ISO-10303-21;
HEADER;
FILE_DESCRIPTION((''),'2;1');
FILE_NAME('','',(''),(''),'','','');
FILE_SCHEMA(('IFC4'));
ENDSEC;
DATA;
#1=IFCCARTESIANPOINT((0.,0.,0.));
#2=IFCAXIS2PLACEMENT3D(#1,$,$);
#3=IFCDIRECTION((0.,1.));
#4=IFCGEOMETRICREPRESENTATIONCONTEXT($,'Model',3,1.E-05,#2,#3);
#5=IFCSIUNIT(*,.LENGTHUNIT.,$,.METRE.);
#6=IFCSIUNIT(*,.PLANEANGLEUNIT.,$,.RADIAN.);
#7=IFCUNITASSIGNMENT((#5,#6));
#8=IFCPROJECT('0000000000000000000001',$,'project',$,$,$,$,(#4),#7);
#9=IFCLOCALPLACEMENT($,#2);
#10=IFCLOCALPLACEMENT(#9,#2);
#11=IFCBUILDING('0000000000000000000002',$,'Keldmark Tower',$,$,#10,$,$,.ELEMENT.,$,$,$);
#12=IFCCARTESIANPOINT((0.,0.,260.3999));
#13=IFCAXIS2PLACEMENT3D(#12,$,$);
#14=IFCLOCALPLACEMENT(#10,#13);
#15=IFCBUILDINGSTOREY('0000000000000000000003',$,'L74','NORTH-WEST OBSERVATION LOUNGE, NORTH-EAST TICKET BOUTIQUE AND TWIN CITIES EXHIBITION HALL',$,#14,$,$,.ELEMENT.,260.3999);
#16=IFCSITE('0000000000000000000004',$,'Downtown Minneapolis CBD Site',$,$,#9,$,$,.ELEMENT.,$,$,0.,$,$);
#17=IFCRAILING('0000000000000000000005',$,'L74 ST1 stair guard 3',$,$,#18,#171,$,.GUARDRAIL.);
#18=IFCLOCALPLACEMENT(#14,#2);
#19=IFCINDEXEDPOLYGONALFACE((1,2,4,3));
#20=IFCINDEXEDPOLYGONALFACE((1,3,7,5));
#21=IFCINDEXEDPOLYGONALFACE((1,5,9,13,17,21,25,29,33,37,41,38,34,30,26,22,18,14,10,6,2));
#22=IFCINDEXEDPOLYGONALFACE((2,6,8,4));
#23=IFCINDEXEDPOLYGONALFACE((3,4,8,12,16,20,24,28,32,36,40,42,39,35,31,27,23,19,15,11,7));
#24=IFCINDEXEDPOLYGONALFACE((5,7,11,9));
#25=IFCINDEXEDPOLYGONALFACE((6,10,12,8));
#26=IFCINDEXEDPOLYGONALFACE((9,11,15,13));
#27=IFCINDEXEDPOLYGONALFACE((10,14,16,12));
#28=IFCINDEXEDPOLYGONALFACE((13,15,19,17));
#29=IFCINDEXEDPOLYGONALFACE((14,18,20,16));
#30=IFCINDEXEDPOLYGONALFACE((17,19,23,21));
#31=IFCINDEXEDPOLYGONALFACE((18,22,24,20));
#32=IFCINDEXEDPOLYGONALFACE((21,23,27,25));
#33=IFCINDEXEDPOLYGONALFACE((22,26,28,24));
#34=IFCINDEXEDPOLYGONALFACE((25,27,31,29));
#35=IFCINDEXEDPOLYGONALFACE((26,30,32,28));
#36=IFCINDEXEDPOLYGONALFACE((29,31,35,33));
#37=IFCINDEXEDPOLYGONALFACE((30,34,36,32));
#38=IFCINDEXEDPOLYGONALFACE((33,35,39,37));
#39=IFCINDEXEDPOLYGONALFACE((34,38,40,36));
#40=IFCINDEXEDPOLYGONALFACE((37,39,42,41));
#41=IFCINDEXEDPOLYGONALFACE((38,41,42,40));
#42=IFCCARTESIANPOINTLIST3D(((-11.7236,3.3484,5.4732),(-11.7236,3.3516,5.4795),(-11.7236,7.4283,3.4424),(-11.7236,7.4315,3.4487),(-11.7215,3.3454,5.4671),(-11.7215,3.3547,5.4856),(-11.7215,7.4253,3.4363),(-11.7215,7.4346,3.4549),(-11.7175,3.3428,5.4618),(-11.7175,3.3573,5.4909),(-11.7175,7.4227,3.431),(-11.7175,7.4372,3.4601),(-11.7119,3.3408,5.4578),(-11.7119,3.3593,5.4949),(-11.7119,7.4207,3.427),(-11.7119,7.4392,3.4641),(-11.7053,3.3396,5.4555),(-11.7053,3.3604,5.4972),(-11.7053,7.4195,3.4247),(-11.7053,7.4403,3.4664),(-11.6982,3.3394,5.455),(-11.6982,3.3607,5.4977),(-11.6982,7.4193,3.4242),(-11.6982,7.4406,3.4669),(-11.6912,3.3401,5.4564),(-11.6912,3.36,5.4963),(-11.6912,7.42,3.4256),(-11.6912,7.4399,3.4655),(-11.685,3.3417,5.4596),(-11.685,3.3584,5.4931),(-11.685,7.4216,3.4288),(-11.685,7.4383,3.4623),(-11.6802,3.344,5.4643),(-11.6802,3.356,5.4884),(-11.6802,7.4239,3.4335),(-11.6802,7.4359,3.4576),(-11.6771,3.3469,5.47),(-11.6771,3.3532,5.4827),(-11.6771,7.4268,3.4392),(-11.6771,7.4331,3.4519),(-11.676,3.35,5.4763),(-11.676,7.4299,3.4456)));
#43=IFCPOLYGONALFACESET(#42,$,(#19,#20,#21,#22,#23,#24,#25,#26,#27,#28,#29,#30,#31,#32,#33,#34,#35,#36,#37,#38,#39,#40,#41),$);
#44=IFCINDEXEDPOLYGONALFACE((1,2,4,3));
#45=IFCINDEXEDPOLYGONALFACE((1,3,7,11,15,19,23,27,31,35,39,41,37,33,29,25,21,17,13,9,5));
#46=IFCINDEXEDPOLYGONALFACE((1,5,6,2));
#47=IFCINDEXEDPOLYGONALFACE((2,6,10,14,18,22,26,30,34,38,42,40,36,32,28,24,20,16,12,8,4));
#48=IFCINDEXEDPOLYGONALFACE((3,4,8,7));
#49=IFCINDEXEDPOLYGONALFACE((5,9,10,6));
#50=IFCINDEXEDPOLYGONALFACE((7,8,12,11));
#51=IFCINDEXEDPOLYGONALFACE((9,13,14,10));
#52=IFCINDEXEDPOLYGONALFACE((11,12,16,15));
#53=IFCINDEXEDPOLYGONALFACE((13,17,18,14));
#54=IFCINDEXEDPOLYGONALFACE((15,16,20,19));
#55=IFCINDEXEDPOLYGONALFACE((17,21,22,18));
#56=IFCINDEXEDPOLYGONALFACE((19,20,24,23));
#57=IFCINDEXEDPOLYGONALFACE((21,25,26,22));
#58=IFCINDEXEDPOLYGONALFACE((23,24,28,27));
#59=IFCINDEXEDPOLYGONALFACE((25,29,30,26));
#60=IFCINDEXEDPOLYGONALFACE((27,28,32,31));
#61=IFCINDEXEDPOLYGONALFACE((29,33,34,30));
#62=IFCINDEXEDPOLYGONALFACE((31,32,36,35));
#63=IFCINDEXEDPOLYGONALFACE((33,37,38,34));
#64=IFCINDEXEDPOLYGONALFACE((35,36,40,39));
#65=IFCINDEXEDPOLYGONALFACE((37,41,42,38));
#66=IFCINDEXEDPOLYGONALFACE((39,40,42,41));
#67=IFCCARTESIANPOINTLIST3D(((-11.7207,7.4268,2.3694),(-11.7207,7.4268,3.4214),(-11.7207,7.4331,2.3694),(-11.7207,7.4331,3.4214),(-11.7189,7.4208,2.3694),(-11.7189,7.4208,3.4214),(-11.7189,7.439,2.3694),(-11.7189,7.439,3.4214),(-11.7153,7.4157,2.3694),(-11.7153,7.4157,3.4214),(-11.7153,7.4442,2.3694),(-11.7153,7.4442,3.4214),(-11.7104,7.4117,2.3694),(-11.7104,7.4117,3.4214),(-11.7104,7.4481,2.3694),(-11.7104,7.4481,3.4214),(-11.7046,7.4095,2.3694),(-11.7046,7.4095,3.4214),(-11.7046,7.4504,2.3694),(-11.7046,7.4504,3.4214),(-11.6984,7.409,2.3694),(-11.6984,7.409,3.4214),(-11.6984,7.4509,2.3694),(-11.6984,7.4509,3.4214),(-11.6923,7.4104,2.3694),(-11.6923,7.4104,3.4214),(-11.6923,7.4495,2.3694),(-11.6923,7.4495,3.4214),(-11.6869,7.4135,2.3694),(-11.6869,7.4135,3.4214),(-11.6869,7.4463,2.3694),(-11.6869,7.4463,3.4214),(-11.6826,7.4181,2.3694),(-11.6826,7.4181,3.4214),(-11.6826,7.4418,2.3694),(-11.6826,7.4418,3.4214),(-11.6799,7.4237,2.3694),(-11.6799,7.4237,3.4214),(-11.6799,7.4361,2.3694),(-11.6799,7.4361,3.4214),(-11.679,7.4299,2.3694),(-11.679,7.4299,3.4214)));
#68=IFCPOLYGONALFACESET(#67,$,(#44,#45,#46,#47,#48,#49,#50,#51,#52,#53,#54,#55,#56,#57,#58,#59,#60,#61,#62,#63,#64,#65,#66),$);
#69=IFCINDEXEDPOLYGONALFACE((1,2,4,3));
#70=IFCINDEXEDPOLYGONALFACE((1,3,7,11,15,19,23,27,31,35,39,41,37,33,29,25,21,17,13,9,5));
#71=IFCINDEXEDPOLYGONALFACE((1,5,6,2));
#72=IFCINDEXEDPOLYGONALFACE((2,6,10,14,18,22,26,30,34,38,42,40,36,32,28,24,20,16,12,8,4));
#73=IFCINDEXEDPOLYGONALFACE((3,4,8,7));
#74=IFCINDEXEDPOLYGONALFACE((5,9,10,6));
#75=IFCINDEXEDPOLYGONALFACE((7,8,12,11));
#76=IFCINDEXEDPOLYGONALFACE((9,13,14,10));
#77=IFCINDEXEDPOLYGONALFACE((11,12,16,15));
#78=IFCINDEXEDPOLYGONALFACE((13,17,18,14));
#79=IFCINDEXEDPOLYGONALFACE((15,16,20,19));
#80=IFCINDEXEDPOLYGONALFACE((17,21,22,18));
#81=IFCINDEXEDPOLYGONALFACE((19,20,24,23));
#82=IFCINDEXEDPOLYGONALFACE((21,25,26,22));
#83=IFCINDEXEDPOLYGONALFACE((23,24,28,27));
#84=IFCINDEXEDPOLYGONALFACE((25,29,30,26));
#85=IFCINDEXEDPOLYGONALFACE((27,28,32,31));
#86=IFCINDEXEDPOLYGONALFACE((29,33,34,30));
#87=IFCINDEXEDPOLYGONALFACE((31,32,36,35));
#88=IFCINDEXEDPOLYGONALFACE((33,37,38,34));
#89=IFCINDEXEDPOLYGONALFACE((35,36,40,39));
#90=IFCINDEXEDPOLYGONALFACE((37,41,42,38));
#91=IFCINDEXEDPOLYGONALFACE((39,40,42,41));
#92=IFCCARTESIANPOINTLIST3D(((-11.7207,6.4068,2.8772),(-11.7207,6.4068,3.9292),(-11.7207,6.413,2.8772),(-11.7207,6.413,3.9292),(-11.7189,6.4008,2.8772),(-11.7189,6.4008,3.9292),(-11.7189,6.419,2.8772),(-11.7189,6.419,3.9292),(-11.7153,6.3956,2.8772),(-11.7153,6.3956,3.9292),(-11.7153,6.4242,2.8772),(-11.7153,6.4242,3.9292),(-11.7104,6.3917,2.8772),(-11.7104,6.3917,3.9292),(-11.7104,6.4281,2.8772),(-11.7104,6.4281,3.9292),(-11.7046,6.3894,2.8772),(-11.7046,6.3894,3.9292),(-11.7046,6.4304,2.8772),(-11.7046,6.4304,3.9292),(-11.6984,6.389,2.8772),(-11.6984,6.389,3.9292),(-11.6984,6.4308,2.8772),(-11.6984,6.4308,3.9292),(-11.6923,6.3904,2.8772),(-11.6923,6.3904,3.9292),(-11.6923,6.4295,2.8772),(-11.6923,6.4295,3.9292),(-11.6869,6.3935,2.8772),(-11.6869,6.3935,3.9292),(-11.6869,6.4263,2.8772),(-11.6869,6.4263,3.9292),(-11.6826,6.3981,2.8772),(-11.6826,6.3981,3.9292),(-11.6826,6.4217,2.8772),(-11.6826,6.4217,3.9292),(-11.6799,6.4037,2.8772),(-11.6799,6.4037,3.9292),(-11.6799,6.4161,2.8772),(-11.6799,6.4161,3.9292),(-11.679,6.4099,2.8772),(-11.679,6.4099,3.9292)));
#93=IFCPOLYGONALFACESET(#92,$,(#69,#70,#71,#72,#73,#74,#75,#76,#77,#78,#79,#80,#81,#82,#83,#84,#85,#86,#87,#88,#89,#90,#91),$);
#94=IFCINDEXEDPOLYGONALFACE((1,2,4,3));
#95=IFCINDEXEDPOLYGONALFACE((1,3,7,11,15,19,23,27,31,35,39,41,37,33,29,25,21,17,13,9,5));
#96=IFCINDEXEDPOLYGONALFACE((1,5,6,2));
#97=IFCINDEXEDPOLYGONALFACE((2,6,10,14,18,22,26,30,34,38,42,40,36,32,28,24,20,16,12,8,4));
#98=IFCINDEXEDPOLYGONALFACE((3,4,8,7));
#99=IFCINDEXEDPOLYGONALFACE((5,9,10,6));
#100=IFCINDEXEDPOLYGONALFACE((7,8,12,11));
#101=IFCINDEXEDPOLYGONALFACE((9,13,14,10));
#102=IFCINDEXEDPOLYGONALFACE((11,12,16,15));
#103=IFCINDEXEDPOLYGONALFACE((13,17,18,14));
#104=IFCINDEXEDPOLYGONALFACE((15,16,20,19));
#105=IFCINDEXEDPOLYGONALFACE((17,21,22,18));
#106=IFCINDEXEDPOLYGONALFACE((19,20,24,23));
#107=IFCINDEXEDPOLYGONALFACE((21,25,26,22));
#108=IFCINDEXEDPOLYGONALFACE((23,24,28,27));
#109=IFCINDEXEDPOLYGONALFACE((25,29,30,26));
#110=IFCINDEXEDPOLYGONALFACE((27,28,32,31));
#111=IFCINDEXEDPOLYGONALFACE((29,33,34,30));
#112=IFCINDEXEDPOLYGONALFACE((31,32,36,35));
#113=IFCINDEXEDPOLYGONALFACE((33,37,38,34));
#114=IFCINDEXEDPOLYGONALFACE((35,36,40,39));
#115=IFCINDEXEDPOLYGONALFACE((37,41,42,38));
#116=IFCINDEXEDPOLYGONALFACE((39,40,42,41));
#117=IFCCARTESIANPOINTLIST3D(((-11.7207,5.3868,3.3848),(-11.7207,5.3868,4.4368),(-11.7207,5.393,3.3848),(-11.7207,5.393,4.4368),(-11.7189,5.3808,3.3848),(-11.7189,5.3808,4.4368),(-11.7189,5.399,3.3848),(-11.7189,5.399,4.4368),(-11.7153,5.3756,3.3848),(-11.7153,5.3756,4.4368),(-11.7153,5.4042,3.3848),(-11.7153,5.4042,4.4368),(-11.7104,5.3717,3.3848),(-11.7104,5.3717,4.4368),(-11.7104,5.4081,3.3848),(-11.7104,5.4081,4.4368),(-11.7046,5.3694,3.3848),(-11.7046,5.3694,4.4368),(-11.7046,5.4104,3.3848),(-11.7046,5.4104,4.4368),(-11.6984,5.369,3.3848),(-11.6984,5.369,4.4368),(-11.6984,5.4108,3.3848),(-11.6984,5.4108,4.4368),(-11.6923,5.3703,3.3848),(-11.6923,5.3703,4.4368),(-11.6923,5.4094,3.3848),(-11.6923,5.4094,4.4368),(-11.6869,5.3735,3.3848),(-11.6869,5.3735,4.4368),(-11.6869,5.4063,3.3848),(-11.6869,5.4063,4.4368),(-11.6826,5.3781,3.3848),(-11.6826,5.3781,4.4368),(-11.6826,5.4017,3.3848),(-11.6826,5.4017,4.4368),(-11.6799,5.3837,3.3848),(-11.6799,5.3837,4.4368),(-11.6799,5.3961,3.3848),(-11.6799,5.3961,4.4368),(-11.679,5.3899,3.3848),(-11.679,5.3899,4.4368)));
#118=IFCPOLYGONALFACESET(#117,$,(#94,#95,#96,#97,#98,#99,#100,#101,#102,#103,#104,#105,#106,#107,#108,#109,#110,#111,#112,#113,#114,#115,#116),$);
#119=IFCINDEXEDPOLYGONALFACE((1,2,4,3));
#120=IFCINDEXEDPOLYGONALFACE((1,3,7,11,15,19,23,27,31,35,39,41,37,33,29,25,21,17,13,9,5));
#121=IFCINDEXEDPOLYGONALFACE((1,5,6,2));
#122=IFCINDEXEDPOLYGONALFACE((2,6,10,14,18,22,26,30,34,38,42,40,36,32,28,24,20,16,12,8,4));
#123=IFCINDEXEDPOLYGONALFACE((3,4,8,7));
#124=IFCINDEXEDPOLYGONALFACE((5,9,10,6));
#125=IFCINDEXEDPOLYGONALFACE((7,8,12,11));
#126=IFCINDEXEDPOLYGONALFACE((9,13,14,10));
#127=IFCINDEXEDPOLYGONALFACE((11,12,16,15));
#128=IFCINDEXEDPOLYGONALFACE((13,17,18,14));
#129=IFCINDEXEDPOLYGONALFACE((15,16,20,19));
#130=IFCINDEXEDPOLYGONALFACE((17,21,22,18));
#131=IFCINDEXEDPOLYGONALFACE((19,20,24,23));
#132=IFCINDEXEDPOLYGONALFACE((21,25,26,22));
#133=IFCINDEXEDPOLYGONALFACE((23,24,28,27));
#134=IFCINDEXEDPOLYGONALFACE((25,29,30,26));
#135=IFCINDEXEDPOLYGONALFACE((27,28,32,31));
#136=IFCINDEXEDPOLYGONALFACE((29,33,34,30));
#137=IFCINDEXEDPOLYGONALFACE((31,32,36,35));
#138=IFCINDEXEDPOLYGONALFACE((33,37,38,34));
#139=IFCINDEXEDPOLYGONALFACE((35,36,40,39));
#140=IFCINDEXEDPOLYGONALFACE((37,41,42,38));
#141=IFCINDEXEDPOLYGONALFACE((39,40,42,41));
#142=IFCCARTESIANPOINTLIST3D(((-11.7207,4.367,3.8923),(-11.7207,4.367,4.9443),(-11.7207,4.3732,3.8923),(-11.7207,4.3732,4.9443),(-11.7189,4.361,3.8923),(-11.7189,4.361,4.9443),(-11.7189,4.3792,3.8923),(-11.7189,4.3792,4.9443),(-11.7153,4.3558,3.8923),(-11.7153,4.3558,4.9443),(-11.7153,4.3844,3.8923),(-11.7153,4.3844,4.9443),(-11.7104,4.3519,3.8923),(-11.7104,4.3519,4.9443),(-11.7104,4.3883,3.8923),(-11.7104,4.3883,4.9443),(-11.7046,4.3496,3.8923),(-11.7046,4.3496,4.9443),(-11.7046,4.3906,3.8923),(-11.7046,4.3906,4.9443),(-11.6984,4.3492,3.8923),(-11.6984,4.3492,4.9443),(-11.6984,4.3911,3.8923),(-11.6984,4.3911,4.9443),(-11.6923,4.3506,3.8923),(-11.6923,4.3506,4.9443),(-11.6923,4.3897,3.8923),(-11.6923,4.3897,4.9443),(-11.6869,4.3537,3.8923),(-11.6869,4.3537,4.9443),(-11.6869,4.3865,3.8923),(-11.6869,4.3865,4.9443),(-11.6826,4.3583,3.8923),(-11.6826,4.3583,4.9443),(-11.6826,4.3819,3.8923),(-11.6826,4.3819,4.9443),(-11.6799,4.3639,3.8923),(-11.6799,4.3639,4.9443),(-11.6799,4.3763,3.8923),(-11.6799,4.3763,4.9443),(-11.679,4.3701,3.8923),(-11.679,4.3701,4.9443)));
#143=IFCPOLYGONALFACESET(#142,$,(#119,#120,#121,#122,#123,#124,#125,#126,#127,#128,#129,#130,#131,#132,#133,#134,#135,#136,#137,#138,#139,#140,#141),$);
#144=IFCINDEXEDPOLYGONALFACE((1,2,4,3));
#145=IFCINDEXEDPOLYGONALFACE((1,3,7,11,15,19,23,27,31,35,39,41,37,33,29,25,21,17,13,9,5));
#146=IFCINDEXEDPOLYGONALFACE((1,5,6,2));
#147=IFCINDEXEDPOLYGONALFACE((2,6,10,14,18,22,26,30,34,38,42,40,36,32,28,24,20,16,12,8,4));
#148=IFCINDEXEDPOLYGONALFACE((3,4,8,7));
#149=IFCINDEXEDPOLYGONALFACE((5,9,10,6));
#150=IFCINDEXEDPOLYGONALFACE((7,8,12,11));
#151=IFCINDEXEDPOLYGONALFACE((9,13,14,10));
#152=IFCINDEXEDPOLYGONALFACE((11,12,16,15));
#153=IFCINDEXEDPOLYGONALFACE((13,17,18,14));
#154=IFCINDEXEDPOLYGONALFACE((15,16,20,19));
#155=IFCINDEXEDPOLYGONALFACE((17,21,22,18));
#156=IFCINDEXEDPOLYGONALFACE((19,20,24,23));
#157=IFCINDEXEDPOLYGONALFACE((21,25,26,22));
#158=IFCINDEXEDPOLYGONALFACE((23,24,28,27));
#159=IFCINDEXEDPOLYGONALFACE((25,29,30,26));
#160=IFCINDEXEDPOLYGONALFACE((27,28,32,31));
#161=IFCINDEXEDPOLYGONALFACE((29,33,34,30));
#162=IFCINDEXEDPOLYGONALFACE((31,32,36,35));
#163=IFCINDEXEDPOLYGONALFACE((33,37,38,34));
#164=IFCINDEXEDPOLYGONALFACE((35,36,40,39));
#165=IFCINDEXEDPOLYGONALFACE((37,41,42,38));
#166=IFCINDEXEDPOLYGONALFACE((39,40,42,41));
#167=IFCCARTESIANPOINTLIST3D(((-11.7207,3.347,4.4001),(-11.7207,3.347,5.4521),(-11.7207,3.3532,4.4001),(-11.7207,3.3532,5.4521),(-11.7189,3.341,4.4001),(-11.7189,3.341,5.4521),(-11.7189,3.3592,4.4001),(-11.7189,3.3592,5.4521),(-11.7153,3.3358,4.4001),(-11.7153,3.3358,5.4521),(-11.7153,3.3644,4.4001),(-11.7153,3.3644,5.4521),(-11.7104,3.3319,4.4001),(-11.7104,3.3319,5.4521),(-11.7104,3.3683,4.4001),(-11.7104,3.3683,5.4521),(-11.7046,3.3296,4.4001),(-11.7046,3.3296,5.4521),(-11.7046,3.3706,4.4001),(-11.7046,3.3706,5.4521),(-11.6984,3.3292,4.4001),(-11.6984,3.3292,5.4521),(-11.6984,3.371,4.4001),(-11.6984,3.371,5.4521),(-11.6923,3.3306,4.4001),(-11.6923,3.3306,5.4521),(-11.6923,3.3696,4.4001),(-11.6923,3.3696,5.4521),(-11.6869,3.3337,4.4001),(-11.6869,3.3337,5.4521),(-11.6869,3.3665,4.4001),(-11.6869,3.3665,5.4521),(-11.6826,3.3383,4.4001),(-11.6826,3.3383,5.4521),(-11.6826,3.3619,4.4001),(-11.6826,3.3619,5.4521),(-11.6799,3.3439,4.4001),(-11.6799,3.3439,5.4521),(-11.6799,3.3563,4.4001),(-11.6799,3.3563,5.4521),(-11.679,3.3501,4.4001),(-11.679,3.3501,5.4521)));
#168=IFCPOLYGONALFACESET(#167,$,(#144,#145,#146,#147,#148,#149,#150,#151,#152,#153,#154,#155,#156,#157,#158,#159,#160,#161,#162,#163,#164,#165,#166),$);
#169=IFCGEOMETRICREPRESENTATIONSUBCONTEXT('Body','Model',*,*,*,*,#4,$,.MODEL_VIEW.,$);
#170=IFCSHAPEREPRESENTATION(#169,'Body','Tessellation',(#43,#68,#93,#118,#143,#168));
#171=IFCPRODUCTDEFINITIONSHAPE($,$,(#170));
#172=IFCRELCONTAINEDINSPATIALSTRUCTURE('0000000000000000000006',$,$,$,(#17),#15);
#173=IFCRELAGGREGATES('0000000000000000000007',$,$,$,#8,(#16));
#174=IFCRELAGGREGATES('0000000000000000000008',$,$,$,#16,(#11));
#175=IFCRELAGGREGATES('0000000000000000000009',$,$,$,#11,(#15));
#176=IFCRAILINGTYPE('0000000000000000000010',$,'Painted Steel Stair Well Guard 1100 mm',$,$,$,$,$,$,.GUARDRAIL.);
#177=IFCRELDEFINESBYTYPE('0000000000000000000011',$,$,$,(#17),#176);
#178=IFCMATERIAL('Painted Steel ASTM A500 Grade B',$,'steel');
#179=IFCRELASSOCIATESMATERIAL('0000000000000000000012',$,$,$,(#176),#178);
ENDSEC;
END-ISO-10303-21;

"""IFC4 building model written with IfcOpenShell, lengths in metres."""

from ifc_helpers import new_model, si_unit, direction, frame, origin, origin_2d, place, context, subcontext, project, spatial, circle, extrude, material, type_object, element, save


model = new_model("IFC4")

# Units and contexts
model_context = context("Model", 3, precision=1e-05, world=origin(), true_north=direction((0.0, 1.0)))
body_context = subcontext(model_context, "Body", "Model", "MODEL_VIEW")
ifc_project = project(units=[si_unit("LENGTHUNIT", "METRE"), si_unit("PLANEANGLEUNIT", "RADIAN")], contexts=[model_context])

# Site, building, storey
site_placement = place(None, origin())
site = spatial("IfcSite", under=ifc_project, at=site_placement, Name="Downtown Minneapolis CBD Site", CompositionType="ELEMENT", RefElevation=0.0)
building_placement = place(site_placement, origin())
building = spatial("IfcBuilding", under=site, at=building_placement, Name="Keldmark Tower", CompositionType="ELEMENT")
storey_placement = place(building_placement, frame((0.0, 0.0, 260.3999)))
storey = spatial("IfcBuildingStorey", under=building, at=storey_placement, Name="L74", Description="NORTH-WEST OBSERVATION LOUNGE, NORTH-EAST TICKET BOUTIQUE AND TWIN CITIES EXHIBITION HALL", CompositionType="ELEMENT", Elevation=260.3999)

# Railing
ifc_material_1 = material(Name="Painted Steel ASTM A500 Grade B", Category="steel")
railing_type_1 = type_object("IfcRailingType", Name="Painted Steel Stair Well Guard 1100 mm", PredefinedType="GUARDRAIL", material=ifc_material_1)
railing_1_placement = place(storey_placement, frame((-11.7, 7.4299, 2.3694)))
element("IfcRailing", 1, at=railing_1_placement, inside=storey, type_object=railing_type_1, Name="L74 ST1 stair guard 3", PredefinedType="GUARDRAIL", context=body_context, shape_type="SweptSolid", body=[
    extrude(circle(Radius=0.0239, at=origin_2d()), frame((0.0, 0.0, 1.0762), z_axis=(0.0, -0.895229, 0.445606), x_axis=(1.0, 0.0, 0.0)), (0.0, 0.0, 1.0), 4.5574),
    extrude(circle(Radius=0.021, at=origin_2d()), origin(), (0.0, 0.0, 1.0), 1.052),
    extrude(circle(Radius=0.021, at=origin_2d()), frame((0.0, -1.02, 0.5078)), (0.0, 0.0, 1.0), 1.052),
    extrude(circle(Radius=0.021, at=origin_2d()), frame((0.0, -2.04, 1.0154)), (0.0, 0.0, 1.0), 1.052),
    extrude(circle(Radius=0.021, at=origin_2d()), frame((0.0, -3.0598, 1.5229)), (0.0, 0.0, 1.0), 1.052),
    extrude(circle(Radius=0.021, at=origin_2d()), frame((0.0, -4.0798, 2.0308)), (0.0, 0.0, 1.0), 1.052),
])

save(model, "model.ifc")
